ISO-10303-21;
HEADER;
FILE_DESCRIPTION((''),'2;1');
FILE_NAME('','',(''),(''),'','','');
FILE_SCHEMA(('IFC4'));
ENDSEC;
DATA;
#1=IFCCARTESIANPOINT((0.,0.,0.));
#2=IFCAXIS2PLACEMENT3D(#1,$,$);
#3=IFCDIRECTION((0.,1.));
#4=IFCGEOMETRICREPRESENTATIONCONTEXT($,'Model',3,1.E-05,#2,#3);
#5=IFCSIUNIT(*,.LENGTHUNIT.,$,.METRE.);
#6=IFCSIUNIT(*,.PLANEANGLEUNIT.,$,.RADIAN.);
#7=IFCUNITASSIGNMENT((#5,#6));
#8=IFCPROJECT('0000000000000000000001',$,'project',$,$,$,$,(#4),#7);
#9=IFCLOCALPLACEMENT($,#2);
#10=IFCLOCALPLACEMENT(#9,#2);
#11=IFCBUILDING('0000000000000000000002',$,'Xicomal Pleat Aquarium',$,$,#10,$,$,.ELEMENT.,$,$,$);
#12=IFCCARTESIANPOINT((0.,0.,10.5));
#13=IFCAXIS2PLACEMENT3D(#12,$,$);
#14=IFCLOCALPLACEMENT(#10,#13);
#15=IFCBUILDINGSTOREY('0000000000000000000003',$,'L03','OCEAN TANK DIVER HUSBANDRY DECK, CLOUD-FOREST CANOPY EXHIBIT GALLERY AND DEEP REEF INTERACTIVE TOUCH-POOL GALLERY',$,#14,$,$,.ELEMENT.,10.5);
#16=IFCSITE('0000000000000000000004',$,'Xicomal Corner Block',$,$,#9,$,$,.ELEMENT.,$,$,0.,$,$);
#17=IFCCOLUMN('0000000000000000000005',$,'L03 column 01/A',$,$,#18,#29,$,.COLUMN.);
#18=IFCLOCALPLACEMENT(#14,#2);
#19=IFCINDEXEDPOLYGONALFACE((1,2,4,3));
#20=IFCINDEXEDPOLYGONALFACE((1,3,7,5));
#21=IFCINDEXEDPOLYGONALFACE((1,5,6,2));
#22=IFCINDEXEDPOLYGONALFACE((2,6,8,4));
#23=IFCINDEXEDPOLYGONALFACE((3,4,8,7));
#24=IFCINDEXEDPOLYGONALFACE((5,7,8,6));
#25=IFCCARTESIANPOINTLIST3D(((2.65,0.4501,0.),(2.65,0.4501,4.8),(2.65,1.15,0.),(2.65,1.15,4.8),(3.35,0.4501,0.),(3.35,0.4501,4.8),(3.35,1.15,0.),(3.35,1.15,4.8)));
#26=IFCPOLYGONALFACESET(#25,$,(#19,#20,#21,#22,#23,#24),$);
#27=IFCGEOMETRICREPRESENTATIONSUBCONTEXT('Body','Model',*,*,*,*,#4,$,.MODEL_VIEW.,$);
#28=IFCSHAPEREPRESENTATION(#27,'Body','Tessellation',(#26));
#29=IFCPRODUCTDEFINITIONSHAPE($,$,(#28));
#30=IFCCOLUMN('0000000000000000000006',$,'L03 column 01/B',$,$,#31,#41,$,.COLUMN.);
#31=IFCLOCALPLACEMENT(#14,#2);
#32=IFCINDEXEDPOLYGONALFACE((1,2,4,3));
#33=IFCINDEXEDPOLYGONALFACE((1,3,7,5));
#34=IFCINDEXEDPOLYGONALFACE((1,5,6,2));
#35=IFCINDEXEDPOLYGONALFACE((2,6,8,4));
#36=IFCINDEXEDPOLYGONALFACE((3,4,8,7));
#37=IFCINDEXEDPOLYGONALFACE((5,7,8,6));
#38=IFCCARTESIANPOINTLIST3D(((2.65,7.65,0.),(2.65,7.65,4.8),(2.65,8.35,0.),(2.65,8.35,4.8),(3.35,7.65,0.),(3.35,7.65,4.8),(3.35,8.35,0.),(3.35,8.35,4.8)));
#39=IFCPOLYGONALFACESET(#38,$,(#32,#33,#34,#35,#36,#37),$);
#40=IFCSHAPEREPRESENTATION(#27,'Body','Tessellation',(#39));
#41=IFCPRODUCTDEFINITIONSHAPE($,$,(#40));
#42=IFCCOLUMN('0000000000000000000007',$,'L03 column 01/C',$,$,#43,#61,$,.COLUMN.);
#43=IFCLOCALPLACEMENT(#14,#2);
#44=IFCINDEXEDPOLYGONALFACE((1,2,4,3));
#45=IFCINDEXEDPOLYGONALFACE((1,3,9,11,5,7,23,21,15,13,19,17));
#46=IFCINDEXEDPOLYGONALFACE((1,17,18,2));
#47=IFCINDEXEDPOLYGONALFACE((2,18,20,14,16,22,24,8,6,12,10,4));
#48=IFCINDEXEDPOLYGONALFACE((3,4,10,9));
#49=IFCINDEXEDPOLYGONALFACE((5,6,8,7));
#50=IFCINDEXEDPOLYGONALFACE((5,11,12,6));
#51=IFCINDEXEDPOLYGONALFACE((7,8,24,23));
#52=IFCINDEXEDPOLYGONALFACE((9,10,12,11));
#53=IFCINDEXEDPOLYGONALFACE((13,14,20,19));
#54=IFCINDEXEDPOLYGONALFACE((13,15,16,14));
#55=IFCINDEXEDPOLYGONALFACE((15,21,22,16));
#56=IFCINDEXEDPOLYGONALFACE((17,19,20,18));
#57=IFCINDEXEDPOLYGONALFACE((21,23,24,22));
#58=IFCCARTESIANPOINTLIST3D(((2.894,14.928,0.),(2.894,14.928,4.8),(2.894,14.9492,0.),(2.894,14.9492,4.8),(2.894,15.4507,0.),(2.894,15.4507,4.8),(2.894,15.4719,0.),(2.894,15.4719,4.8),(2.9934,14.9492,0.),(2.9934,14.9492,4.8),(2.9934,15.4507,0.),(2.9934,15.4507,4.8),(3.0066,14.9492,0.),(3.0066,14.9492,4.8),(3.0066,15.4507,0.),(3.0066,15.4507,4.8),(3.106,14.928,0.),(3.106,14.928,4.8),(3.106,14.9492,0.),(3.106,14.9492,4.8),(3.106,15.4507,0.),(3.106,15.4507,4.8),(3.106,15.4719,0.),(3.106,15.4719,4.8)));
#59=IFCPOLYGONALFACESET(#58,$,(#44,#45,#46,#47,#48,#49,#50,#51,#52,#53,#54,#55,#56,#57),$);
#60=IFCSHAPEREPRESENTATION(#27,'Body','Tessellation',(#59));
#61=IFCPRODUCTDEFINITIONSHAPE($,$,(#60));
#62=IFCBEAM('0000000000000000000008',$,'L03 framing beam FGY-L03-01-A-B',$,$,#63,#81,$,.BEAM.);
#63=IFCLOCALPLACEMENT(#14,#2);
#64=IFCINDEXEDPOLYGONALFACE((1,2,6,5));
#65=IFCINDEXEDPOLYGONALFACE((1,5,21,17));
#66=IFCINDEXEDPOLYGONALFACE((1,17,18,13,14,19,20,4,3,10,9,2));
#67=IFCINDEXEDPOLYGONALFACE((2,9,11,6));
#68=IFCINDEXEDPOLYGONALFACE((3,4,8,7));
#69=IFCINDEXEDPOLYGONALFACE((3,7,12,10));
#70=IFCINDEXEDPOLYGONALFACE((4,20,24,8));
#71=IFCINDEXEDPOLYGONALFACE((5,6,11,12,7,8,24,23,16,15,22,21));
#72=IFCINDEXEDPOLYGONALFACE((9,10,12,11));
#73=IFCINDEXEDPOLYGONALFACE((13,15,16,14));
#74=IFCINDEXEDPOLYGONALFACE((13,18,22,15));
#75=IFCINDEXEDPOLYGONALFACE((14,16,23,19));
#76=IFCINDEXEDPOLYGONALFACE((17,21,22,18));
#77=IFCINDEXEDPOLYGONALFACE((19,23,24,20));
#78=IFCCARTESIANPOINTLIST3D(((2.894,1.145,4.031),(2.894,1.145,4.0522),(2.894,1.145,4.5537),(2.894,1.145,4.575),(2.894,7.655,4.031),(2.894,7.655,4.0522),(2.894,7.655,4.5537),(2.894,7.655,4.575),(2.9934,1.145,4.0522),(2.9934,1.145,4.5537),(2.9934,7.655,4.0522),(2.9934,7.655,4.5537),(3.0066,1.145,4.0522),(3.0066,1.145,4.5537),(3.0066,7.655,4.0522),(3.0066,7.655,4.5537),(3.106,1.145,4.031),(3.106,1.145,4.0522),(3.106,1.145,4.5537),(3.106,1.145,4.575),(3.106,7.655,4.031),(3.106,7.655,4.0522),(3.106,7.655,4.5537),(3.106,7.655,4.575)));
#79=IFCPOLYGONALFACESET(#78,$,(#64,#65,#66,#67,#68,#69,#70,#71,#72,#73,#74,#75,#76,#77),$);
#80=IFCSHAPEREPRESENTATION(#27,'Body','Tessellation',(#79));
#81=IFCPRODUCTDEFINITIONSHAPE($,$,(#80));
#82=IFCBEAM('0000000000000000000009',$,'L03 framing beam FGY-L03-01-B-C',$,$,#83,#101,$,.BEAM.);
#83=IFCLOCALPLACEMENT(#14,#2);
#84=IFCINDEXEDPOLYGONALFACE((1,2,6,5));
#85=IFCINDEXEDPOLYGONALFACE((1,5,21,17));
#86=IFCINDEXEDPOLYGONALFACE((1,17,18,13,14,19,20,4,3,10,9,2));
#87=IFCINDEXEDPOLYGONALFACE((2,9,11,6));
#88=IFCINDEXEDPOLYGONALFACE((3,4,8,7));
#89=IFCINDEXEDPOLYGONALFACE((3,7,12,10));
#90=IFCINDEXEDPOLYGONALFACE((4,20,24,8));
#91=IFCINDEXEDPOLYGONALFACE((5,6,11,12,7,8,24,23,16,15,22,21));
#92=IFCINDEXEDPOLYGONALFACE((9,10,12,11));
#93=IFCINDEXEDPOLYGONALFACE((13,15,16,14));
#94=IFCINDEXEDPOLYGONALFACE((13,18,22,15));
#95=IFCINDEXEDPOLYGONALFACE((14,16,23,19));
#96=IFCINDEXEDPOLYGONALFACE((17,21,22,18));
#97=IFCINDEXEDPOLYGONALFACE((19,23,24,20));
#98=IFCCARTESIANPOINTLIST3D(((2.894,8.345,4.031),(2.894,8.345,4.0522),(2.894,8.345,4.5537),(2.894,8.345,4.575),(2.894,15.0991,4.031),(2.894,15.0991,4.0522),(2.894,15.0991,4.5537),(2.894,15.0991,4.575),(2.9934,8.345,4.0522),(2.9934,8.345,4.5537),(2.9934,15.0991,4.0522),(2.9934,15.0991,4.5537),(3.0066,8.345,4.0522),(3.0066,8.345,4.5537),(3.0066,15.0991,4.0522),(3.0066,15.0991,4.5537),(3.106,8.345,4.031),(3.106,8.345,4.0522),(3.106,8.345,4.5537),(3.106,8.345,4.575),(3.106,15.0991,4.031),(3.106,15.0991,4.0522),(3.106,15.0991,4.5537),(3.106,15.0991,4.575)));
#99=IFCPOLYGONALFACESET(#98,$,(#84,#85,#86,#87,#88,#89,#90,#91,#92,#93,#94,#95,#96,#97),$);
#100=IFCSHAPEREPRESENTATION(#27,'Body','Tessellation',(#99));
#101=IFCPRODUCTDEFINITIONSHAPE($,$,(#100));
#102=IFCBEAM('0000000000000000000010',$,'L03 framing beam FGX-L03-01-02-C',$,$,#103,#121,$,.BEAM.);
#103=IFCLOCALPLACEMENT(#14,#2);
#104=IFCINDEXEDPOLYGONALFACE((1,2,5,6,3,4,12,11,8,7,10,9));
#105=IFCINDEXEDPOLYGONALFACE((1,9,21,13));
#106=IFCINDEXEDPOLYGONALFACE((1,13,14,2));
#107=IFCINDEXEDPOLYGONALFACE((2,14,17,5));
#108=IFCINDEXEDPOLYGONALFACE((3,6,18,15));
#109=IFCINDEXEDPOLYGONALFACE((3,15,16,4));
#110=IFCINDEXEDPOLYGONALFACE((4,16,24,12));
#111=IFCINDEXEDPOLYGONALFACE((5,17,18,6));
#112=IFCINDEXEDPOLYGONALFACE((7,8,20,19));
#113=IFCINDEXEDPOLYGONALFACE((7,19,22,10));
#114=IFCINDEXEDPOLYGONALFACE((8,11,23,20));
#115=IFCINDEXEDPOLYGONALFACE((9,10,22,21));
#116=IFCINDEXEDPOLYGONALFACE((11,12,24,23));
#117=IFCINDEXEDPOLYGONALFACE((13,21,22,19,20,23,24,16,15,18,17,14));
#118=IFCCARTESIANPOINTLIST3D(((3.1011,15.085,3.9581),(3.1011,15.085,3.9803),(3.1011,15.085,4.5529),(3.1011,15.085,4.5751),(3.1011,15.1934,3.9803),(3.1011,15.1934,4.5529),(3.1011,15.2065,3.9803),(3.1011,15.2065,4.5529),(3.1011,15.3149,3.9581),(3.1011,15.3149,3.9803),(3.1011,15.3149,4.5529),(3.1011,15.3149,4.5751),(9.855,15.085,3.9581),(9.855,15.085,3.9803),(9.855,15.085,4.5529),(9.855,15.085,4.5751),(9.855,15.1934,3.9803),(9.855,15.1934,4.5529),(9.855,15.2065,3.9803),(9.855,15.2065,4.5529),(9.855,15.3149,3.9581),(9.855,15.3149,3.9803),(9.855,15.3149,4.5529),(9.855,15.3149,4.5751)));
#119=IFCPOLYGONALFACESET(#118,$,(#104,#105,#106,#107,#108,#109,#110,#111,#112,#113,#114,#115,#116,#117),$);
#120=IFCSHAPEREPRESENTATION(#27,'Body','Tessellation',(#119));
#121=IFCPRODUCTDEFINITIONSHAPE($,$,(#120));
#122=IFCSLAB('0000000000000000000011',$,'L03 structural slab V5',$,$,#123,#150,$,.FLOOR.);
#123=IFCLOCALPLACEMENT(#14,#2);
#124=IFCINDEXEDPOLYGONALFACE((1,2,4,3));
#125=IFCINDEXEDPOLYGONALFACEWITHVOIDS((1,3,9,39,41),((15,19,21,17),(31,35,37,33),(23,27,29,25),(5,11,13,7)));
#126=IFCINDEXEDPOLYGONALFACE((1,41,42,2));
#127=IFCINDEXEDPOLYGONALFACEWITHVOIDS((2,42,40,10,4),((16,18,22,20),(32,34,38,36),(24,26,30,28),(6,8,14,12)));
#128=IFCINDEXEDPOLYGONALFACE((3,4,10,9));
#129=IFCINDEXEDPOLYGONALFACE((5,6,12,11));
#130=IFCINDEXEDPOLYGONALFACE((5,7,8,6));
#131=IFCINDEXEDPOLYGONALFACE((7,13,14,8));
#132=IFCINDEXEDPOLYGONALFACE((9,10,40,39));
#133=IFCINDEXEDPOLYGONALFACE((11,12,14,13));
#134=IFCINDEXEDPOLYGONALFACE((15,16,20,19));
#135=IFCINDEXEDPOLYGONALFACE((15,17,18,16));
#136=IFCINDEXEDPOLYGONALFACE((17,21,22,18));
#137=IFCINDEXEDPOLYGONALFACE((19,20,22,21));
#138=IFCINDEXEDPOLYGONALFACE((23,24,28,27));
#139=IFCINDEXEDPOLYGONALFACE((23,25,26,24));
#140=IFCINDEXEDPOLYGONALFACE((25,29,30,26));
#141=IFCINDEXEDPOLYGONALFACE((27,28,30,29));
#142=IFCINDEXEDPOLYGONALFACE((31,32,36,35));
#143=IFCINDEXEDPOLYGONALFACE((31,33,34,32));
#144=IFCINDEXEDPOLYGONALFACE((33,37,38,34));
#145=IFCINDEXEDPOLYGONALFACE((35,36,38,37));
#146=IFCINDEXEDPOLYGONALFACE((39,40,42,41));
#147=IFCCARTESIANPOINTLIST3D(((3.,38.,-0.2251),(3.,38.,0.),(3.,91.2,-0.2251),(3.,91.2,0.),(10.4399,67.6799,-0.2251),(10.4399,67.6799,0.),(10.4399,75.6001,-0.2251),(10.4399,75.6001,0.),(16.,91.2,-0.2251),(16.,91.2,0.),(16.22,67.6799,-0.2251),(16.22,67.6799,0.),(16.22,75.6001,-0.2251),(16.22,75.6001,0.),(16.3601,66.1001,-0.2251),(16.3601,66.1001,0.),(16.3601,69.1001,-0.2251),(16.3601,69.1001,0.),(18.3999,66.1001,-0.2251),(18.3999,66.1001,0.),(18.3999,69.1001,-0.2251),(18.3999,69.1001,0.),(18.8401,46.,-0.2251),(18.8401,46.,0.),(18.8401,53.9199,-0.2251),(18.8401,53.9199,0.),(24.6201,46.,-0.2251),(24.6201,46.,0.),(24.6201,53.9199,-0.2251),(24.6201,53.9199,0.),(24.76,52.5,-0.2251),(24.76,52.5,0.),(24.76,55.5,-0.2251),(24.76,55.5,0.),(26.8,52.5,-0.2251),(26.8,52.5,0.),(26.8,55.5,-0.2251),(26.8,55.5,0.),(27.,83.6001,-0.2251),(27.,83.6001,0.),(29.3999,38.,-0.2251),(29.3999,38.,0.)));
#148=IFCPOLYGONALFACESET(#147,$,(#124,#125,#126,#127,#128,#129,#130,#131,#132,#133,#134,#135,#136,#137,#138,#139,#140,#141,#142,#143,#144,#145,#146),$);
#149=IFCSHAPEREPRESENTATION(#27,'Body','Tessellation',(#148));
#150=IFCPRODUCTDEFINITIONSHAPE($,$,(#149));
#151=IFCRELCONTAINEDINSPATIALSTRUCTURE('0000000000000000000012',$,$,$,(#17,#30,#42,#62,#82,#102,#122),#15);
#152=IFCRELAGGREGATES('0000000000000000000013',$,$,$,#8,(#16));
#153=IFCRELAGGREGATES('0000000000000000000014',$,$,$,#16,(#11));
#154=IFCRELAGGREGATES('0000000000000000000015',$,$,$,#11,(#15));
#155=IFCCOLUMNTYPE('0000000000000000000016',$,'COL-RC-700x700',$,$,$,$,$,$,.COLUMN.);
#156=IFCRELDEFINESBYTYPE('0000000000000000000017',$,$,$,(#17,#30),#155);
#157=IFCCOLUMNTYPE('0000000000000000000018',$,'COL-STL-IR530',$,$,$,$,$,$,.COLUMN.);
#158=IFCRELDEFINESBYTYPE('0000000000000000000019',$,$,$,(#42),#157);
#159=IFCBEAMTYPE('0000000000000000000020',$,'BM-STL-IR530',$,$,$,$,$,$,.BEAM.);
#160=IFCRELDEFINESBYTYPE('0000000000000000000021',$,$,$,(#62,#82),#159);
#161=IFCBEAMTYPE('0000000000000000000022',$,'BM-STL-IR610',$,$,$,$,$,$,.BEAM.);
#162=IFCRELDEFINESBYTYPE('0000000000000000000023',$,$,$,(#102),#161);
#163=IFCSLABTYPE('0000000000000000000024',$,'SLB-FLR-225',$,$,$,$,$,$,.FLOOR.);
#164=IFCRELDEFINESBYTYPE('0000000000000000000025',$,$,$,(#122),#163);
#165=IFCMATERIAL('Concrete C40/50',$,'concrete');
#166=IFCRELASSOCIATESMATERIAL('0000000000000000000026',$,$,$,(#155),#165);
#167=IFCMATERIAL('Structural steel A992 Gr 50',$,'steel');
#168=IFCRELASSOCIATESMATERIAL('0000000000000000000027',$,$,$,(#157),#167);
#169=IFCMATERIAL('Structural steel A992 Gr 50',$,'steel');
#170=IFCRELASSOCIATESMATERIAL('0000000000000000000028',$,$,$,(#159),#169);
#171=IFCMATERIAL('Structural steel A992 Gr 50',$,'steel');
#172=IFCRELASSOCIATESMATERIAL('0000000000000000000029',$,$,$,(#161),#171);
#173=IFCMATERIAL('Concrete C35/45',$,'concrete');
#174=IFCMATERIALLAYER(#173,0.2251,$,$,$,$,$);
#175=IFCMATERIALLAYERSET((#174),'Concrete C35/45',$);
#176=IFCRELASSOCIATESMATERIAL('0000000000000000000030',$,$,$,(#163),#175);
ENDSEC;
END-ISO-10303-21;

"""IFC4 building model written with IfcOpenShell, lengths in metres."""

from ifc_helpers import new_model, si_unit, direction, frame, origin, origin_2d, place, context, subcontext, project, spatial, polyline, rectangle, i_section, outline, extrude, material, layer, layer_set, material_profile, profile_set, type_object, element, save


model = new_model("IFC4")

# Units and contexts
model_context = context("Model", 3, precision=1e-05, world=origin(), true_north=direction((0.0, 1.0)))
body_context = subcontext(model_context, "Body", "Model", "MODEL_VIEW")
ifc_project = project(units=[si_unit("LENGTHUNIT", "METRE"), si_unit("PLANEANGLEUNIT", "RADIAN")], contexts=[model_context])

# Site, building, storey
site_placement = place(None, origin())
site = spatial("IfcSite", under=ifc_project, at=site_placement, Name="Xicomal Corner Block", CompositionType="ELEMENT", RefElevation=0.0)
building_placement = place(site_placement, origin())
building = spatial("IfcBuilding", under=site, at=building_placement, Name="Xicomal Pleat Aquarium", CompositionType="ELEMENT")
storey_placement = place(building_placement, frame((0.0, 0.0, 10.5)))
storey = spatial("IfcBuildingStorey", under=building, at=storey_placement, Name="L03", Description="OCEAN TANK DIVER HUSBANDRY DECK, CLOUD-FOREST CANOPY EXHIBIT GALLERY AND DEEP REEF INTERACTIVE TOUCH-POOL GALLERY", CompositionType="ELEMENT", Elevation=10.5)

# Columns
ifc_material_1 = material(Name="Concrete C40/50", Category="concrete")
ifc_material_profile_1 = material_profile(ifc_material_1, rectangle(XDim=0.7, YDim=0.7, at=origin_2d()), Name="RC 700x700")
ifc_profile_set_1 = profile_set([ifc_material_profile_1], Name="Concrete C40/50")
column_type_1 = type_object("IfcColumnType", Name="COL-RC-700x700", PredefinedType="COLUMN", material=ifc_profile_set_1)
for number, where, z_axis, x_axis, name in (
    (1, (3.0, 0.8, 0.0), (0.0, 0.0, 1.0), (1.0, 0.0, 0.0), "L03 column 01/A"),
    (2, (3.0, 8.0, 0.0), (0.0, 0.0, 1.0), (1.0, 0.0, 0.0), "L03 column 01/B"),
):
    element("IfcColumn", number, at=place(storey_placement, frame(where, z_axis=z_axis, x_axis=x_axis)), inside=storey, type_object=column_type_1, Name=name, PredefinedType="COLUMN", context=body_context, shape_type="SweptSolid", body=[
        extrude(rectangle(XDim=0.7, YDim=0.7, at=origin_2d()), origin(), (0.0, 0.0, 1.0), 4.8),
    ])
ifc_material_2 = material(Name="Structural steel A992 Gr 50", Category="steel")
ifc_material_profile_2 = material_profile(ifc_material_2, i_section(OverallWidth=0.2119, OverallDepth=0.5439, WebThickness=0.0132, FlangeThickness=0.0212, at=origin_2d()), Name="IR 530x123")
ifc_profile_set_2 = profile_set([ifc_material_profile_2], Name="Structural steel A992 Gr 50")
column_type_2 = type_object("IfcColumnType", Name="COL-STL-IR530", PredefinedType="COLUMN", material=ifc_profile_set_2)
column_placement = place(storey_placement, frame((3.0, 15.2, 0.0), z_axis=(0.0, 0.0, 1.0), x_axis=(1.0, 0.0, 0.0)))
element("IfcColumn", 3, at=column_placement, inside=storey, type_object=column_type_2, Name="L03 column 01/C", PredefinedType="COLUMN", context=body_context, shape_type="SweptSolid", body=[
    extrude(i_section(OverallWidth=0.2119, OverallDepth=0.5439, WebThickness=0.0132, FlangeThickness=0.0212, at=origin_2d()), origin(), (0.0, 0.0, 1.0), 4.8),
])

# Beams
ifc_material_3 = material(Name="Structural steel A992 Gr 50", Category="steel")
ifc_material_profile_3 = material_profile(ifc_material_3, i_section(OverallWidth=0.2119, OverallDepth=0.5439, WebThickness=0.0132, FlangeThickness=0.0212, at=origin_2d()), Name="IR 530x123")
ifc_profile_set_3 = profile_set([ifc_material_profile_3], Name="Structural steel A992 Gr 50")
beam_type_1 = type_object("IfcBeamType", Name="BM-STL-IR530", PredefinedType="BEAM", material=ifc_profile_set_3)
beam_1_placement = place(storey_placement, frame((3.0, 1.145, 4.303), z_axis=(0.0, 1.0, 0.0), x_axis=(-1.0, 0.0, 0.0)))
element("IfcBeam", 4, at=beam_1_placement, inside=storey, type_object=beam_type_1, Name="L03 framing beam FGY-L03-01-A-B", PredefinedType="BEAM", context=body_context, shape_type="SweptSolid", body=[
    extrude(i_section(OverallWidth=0.2119, OverallDepth=0.5439, WebThickness=0.0132, FlangeThickness=0.0212, at=origin_2d()), origin(), (0.0, 0.0, 1.0), 6.51),
])
beam_2_placement = place(storey_placement, frame((3.0, 8.345, 4.303), z_axis=(0.0, 1.0, 0.0), x_axis=(-1.0, 0.0, 0.0)))
element("IfcBeam", 5, at=beam_2_placement, inside=storey, type_object=beam_type_1, Name="L03 framing beam FGY-L03-01-B-C", PredefinedType="BEAM", context=body_context, shape_type="SweptSolid", body=[
    extrude(i_section(OverallWidth=0.2119, OverallDepth=0.5439, WebThickness=0.0132, FlangeThickness=0.0212, at=origin_2d()), origin(), (0.0, 0.0, 1.0), 6.7542),
])
ifc_material_4 = material(Name="Structural steel A992 Gr 50", Category="steel")
ifc_material_profile_4 = material_profile(ifc_material_4, i_section(OverallWidth=0.23, OverallDepth=0.6169, WebThickness=0.0132, FlangeThickness=0.0222, at=origin_2d()), Name="IR 610x140")
ifc_profile_set_4 = profile_set([ifc_material_profile_4], Name="Structural steel A992 Gr 50")
beam_type_2 = type_object("IfcBeamType", Name="BM-STL-IR610", PredefinedType="BEAM", material=ifc_profile_set_4)
beam_3_placement = place(storey_placement, frame((3.1011, 15.2, 4.2666), z_axis=(1.0, 0.0, 0.0), x_axis=(0.0, 1.0, 0.0)))
element("IfcBeam", 6, at=beam_3_placement, inside=storey, type_object=beam_type_2, Name="L03 framing beam FGX-L03-01-02-C", PredefinedType="BEAM", context=body_context, shape_type="SweptSolid", body=[
    extrude(i_section(OverallWidth=0.23, OverallDepth=0.6169, WebThickness=0.0132, FlangeThickness=0.0222, at=origin_2d()), origin(), (0.0, 0.0, 1.0), 6.7539),
])

# Slab
ifc_material_5 = material(Name="Concrete C35/45", Category="concrete")
ifc_layer_1 = layer(ifc_material_5, 0.2251)
ifc_layer_set_1 = layer_set([ifc_layer_1], Name="Concrete C35/45")
slab_type_1 = type_object("IfcSlabType", Name="SLB-FLR-225", PredefinedType="FLOOR", material=ifc_layer_set_1)
slab_1_placement = place(storey_placement, frame((0.0, 0.0, -0.2251)))
element("IfcSlab", 7, at=slab_1_placement, inside=storey, type_object=slab_type_1, Name="L03 structural slab V5", PredefinedType="FLOOR", context=body_context, shape_type="SweptSolid", body=[
    extrude(outline(polyline([(3.0, 38.0), (3.0, 91.2), (16.0, 91.2), (27.0, 83.6001), (29.3999, 38.0), (3.0, 38.0)]), holes=[polyline([(10.4399, 67.6799), (16.22, 67.6799), (16.22, 75.6001), (10.4399, 75.6001), (10.4399, 67.6799)]), polyline([(16.3601, 66.1001), (18.3999, 66.1001), (18.3999, 69.1001), (16.3601, 69.1001), (16.3601, 66.1001)]), polyline([(18.8401, 46.0), (24.6201, 46.0), (24.6201, 53.9199), (18.8401, 53.9199), (18.8401, 46.0)]), polyline([(24.76, 52.5), (26.8, 52.5), (26.8, 55.5), (24.76, 55.5), (24.76, 52.5)])]), origin(), (0.0, 0.0, 1.0), 0.2251),
])

save(model, "model.ifc")
